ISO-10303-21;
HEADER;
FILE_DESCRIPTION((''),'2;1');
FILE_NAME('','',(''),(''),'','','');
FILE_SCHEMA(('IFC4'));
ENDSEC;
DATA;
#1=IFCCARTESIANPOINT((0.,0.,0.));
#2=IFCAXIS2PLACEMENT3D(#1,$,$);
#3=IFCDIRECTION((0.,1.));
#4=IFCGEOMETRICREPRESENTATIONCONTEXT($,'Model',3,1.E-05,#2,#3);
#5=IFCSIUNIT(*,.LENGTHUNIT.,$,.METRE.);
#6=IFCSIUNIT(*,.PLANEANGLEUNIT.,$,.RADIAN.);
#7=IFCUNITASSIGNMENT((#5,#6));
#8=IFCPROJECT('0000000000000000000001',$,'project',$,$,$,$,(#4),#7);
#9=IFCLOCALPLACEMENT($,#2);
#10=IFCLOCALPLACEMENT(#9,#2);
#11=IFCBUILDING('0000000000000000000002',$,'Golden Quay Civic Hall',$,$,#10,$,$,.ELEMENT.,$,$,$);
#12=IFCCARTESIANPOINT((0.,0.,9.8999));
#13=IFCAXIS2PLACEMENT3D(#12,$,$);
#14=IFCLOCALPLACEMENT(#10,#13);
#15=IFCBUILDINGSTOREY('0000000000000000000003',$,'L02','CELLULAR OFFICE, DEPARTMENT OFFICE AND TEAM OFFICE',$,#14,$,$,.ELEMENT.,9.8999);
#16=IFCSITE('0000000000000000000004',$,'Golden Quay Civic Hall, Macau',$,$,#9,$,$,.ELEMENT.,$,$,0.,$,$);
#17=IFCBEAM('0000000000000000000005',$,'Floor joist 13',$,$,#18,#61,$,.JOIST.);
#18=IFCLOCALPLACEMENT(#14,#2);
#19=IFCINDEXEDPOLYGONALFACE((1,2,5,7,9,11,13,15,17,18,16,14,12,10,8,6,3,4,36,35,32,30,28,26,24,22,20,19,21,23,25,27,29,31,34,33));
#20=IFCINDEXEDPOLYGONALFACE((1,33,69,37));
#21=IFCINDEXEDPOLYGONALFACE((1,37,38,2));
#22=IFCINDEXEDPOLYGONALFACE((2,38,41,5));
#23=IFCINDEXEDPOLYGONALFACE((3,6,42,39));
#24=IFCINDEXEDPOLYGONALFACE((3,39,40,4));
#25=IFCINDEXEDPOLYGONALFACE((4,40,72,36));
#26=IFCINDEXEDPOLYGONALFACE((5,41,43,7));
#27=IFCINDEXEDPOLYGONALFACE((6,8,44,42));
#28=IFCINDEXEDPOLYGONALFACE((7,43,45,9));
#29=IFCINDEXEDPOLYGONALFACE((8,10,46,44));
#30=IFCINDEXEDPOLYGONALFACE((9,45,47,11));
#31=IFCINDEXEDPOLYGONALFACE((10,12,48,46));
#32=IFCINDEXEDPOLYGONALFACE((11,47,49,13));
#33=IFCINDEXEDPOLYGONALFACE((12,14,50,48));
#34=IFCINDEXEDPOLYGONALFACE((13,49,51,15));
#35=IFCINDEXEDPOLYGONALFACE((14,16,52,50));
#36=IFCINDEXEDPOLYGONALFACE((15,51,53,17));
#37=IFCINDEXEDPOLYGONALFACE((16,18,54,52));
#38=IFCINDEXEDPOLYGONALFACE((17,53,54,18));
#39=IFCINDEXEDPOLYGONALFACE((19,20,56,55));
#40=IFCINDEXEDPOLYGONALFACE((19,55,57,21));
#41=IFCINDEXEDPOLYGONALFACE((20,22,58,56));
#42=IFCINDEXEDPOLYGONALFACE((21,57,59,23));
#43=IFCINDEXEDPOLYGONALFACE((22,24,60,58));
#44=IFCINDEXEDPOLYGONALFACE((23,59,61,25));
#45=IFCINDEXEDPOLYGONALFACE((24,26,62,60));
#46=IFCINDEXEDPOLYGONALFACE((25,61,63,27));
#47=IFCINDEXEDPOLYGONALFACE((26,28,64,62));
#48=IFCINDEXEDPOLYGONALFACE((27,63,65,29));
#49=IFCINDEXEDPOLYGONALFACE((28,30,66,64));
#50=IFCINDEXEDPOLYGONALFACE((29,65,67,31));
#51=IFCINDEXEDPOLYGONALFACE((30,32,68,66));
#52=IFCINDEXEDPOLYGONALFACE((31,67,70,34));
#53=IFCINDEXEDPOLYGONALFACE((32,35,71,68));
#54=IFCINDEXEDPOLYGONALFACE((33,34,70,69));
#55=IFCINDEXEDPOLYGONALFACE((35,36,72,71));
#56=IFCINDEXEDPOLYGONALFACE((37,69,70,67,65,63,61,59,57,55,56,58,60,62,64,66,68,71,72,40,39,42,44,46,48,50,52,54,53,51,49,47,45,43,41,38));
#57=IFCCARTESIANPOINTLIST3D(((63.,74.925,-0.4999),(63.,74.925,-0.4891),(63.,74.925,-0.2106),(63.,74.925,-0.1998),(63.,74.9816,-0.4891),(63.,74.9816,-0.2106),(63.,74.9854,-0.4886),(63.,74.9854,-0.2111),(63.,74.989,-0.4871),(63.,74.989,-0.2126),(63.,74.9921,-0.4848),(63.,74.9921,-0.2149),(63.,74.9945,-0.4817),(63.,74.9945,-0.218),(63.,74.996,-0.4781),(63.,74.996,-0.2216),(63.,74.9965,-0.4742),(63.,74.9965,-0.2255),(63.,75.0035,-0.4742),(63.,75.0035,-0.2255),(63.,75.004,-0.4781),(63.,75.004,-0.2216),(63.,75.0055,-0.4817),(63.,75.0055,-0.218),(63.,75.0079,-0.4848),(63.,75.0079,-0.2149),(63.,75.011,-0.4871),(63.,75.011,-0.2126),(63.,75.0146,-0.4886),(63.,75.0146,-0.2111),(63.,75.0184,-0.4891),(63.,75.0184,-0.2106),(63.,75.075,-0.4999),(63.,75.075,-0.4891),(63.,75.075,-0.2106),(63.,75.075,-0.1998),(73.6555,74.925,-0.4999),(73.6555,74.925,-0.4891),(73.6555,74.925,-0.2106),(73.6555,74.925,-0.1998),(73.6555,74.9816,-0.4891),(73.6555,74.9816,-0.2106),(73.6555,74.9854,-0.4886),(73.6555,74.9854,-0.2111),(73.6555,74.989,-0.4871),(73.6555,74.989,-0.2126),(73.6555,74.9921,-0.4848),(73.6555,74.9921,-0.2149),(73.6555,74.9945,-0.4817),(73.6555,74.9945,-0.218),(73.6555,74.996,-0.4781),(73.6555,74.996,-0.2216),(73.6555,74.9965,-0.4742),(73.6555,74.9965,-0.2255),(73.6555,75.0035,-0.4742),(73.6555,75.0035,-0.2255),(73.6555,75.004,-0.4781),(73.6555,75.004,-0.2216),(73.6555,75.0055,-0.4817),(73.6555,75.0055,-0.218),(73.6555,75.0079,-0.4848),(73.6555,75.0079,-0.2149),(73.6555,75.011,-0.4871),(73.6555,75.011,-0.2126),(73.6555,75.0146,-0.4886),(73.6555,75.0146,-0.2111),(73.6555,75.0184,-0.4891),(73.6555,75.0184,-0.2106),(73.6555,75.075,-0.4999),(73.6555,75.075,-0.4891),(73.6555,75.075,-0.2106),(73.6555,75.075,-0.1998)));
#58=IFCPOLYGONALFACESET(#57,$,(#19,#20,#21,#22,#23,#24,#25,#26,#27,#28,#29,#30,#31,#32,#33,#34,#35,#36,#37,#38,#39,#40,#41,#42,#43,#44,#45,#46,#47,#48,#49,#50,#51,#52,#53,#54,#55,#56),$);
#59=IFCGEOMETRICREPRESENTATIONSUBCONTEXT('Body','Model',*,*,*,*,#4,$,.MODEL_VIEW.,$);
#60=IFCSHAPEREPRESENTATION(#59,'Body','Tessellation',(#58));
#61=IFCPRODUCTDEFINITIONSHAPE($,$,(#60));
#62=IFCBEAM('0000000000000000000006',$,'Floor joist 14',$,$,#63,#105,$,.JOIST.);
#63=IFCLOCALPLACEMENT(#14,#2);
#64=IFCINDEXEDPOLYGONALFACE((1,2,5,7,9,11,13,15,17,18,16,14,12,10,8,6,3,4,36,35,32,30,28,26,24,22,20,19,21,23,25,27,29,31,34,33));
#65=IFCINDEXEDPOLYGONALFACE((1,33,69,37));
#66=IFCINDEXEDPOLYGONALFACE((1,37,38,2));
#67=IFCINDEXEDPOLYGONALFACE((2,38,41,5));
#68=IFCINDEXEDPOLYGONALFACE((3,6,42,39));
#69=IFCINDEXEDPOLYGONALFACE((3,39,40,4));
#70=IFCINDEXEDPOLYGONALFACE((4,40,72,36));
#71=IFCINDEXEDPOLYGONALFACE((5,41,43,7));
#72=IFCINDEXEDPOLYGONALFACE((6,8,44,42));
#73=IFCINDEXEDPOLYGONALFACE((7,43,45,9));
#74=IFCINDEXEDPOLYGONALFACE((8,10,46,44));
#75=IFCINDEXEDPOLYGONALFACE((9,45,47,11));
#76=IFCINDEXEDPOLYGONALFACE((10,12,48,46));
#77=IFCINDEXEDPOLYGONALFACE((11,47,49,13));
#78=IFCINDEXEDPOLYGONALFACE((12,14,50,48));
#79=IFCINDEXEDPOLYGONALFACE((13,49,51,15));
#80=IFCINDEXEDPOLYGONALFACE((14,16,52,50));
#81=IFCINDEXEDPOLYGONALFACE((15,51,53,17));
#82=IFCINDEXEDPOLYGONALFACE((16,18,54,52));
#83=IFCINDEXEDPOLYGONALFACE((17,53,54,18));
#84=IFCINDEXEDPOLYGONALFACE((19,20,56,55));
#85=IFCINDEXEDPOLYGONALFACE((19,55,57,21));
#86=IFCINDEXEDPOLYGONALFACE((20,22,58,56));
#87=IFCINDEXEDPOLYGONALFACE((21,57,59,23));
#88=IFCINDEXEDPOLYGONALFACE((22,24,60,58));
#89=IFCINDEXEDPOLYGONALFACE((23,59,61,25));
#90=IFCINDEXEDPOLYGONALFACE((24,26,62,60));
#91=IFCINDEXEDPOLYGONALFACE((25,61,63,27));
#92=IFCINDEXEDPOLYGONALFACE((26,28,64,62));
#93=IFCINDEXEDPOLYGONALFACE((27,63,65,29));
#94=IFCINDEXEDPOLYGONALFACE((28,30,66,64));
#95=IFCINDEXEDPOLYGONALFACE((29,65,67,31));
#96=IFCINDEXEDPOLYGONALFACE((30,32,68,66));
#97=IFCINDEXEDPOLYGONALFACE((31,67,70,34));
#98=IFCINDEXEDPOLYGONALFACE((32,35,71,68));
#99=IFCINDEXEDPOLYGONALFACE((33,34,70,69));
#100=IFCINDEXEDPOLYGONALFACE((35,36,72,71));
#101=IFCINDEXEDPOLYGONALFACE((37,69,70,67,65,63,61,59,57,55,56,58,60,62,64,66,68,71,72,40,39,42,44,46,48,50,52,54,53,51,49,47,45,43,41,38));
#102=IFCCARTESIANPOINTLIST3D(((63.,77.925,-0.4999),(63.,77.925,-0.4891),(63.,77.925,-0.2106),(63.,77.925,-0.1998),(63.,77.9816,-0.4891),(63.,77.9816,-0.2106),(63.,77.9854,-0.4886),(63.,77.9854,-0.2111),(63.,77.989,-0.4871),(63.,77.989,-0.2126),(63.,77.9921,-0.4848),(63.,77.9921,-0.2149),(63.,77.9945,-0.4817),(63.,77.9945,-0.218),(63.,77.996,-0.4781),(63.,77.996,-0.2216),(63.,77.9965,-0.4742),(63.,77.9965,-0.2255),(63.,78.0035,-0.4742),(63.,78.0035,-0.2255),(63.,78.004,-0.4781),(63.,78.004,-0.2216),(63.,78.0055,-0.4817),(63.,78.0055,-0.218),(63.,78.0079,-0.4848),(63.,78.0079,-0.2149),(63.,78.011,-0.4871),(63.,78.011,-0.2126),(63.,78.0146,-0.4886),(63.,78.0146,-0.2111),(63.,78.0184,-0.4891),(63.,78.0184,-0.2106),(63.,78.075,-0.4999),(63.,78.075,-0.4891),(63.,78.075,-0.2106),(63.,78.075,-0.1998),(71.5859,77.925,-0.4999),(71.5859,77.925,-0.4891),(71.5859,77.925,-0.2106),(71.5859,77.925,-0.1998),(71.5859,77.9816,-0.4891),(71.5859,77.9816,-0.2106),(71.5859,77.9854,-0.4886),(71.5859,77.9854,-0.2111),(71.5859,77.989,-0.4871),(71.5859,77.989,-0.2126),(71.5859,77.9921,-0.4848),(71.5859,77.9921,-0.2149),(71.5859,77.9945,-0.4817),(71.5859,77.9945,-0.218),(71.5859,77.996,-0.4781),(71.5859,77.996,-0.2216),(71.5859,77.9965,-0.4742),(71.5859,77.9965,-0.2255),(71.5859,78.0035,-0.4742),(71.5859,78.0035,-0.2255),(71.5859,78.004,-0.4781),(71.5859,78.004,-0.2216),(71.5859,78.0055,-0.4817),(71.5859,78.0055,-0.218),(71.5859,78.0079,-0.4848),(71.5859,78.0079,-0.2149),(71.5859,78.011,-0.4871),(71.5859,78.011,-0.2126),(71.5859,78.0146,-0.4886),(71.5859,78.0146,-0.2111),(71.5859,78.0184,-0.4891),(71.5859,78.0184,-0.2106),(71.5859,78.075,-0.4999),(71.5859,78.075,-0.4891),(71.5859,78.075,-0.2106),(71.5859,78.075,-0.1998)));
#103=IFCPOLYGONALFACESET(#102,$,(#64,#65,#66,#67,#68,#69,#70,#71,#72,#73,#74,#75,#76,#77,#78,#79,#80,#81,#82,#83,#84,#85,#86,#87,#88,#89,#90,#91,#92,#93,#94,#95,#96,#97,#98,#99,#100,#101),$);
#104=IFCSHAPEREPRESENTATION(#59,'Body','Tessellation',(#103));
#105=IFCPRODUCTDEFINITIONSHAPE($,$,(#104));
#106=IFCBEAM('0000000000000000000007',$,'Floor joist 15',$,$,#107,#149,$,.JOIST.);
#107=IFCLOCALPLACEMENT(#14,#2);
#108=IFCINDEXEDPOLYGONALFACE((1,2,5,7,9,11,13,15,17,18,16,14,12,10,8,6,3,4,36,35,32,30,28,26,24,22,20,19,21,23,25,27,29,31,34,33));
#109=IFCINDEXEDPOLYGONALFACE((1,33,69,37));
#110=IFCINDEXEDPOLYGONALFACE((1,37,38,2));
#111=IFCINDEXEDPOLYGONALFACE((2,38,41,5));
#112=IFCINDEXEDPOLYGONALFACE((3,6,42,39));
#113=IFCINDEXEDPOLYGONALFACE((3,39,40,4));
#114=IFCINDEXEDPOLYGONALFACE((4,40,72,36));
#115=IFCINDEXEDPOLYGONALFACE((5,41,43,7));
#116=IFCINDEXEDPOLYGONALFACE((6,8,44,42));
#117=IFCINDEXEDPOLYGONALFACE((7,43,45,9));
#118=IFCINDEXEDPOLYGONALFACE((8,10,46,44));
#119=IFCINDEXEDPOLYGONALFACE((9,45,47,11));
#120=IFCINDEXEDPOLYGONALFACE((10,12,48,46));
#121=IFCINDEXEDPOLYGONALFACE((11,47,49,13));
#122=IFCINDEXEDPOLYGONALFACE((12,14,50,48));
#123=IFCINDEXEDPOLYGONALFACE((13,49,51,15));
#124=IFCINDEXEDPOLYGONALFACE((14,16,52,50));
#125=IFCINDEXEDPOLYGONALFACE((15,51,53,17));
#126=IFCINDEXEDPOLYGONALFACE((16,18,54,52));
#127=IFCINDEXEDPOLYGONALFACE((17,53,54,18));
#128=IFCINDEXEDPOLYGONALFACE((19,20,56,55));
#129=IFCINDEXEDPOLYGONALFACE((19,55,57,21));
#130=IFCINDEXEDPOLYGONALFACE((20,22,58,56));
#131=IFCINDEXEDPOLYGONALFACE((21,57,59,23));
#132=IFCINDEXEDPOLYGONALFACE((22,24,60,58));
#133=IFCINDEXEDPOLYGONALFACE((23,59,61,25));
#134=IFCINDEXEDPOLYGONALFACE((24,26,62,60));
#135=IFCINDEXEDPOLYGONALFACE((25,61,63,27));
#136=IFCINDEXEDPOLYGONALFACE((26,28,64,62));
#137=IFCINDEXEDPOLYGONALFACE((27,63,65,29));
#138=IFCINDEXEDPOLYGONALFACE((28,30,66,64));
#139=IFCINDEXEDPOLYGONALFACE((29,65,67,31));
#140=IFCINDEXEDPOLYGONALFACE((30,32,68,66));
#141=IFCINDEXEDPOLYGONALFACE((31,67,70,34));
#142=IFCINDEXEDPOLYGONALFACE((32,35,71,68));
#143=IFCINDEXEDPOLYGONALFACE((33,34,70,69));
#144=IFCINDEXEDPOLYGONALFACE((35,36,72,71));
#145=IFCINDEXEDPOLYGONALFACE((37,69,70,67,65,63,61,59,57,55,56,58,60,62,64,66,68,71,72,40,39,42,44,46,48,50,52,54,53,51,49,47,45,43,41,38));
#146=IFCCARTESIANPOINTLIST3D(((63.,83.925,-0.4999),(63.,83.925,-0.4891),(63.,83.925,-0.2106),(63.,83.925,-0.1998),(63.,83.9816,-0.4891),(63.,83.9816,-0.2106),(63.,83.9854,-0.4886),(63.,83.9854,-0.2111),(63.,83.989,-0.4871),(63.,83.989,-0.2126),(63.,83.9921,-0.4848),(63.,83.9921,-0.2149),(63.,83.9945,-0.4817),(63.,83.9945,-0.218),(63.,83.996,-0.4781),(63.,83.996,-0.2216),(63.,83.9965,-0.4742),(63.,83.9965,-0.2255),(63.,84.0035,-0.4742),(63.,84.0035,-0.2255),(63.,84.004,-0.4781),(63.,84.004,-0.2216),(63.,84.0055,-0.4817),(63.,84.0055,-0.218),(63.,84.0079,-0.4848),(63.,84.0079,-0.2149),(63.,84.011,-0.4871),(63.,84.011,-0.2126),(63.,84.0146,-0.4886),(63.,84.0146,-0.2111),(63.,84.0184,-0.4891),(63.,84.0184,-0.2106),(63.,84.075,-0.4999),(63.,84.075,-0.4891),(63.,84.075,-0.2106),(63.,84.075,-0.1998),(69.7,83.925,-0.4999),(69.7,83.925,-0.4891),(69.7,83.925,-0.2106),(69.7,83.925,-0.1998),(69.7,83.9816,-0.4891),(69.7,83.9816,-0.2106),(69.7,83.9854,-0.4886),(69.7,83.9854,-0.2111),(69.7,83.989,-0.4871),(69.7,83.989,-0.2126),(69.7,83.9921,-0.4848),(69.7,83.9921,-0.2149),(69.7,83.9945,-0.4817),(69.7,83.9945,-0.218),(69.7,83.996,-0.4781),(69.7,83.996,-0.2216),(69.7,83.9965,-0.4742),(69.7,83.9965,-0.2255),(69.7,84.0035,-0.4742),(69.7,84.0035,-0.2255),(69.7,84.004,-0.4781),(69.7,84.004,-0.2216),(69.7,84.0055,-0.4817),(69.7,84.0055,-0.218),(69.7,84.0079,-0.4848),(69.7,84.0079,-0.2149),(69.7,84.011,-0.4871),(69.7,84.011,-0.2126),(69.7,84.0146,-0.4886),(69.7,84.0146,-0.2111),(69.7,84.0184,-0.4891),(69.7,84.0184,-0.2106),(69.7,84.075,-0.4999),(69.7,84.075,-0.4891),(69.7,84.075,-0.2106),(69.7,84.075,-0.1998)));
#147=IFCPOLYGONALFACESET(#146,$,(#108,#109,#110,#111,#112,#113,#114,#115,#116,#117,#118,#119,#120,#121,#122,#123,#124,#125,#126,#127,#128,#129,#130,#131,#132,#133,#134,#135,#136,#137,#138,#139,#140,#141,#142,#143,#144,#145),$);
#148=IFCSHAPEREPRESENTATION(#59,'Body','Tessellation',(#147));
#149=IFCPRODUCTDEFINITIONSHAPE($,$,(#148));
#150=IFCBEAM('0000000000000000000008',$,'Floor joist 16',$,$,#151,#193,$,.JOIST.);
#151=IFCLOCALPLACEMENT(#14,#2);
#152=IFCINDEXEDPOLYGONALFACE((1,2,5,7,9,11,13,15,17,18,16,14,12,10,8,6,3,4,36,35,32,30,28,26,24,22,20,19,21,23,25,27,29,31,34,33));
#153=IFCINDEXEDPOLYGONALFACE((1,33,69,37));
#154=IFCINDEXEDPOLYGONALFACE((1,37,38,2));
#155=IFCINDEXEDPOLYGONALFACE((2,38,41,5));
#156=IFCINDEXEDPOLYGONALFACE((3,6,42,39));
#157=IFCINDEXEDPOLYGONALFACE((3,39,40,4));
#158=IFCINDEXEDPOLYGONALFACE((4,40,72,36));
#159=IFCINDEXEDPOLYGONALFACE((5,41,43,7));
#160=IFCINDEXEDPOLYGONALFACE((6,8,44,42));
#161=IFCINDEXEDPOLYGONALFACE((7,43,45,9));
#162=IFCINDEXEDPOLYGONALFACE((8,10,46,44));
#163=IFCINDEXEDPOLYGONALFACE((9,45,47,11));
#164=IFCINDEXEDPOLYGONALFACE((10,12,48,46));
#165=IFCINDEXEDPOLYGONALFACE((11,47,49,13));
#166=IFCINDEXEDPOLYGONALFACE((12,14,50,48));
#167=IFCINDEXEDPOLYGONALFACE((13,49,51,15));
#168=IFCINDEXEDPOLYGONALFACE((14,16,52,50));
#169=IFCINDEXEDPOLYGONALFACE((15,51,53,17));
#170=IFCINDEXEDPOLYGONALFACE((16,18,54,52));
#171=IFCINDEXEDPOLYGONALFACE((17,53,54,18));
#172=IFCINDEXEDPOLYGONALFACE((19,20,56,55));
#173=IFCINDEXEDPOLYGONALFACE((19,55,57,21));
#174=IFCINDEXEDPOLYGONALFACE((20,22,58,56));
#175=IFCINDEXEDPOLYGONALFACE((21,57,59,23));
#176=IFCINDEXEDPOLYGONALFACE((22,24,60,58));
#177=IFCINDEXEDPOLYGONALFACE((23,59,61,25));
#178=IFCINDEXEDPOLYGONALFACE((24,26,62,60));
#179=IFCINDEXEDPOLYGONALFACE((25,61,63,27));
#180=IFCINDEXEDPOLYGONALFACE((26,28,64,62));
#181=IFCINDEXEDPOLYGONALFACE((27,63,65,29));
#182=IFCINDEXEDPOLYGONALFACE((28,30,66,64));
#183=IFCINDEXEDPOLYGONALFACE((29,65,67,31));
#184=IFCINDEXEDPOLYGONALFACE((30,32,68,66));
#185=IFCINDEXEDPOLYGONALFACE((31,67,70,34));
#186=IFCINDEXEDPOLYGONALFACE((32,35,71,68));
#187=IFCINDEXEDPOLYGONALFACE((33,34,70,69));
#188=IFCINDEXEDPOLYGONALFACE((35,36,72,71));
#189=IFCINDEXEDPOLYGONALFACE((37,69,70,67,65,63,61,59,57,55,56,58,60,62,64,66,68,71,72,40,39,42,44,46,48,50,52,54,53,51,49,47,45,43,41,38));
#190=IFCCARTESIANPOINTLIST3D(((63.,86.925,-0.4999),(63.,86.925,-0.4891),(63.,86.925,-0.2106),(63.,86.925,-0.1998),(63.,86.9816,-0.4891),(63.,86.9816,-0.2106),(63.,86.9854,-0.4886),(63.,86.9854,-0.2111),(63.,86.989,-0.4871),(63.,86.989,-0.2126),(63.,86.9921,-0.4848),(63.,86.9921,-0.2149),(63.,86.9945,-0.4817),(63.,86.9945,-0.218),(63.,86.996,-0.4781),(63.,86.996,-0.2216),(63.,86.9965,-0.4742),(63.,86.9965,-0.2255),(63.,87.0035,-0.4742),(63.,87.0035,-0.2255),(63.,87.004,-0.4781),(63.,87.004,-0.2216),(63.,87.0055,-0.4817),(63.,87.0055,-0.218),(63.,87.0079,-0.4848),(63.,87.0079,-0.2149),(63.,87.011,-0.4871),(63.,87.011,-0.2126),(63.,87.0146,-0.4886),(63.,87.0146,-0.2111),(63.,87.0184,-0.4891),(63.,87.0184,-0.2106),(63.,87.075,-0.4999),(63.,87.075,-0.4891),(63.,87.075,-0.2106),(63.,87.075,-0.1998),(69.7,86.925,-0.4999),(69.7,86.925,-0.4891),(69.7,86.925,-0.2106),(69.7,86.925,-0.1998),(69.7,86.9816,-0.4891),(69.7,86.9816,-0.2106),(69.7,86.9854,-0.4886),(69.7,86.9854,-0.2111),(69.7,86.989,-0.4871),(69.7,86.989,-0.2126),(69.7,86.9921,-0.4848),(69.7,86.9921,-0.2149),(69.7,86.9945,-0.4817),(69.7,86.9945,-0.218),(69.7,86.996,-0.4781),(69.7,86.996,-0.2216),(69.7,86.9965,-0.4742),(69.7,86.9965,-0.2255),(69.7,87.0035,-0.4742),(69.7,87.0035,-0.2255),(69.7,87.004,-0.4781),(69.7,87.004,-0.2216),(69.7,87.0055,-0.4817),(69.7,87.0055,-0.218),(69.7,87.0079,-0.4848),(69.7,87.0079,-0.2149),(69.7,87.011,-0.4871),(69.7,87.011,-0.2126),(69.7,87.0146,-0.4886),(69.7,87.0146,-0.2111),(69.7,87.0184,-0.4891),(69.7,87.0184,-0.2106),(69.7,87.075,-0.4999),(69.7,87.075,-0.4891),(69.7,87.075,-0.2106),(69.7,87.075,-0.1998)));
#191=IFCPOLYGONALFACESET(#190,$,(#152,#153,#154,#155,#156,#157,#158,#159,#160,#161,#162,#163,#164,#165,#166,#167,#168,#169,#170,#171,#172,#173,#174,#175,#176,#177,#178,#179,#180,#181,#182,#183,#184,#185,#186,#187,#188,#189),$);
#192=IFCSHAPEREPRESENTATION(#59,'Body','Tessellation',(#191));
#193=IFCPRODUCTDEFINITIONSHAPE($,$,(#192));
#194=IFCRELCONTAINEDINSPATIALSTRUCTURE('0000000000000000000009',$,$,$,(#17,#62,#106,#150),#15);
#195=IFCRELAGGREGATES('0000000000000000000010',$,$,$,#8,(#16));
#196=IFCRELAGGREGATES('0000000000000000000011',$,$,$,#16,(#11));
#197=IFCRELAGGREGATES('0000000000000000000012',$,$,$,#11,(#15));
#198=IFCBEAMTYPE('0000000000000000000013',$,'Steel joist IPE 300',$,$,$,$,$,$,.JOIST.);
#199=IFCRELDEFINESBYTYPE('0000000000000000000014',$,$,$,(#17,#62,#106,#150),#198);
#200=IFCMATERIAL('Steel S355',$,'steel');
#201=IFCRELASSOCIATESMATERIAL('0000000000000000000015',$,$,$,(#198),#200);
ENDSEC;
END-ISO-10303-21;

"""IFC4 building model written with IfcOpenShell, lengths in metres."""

from ifc_helpers import new_model, si_unit, direction, frame, origin, origin_2d, place, context, subcontext, project, spatial, i_section, extrude, material, material_profile, profile_set, type_object, element, save


model = new_model("IFC4")

# Units and contexts
model_context = context("Model", 3, precision=1e-05, world=origin(), true_north=direction((0.0, 1.0)))
body_context = subcontext(model_context, "Body", "Model", "MODEL_VIEW")
ifc_project = project(units=[si_unit("LENGTHUNIT", "METRE"), si_unit("PLANEANGLEUNIT", "RADIAN")], contexts=[model_context])

# Site, building, storey
site_placement = place(None, origin())
site = spatial("IfcSite", under=ifc_project, at=site_placement, Name="Golden Quay Civic Hall, Macau", CompositionType="ELEMENT", RefElevation=0.0)
building_placement = place(site_placement, origin())
building = spatial("IfcBuilding", under=site, at=building_placement, Name="Golden Quay Civic Hall", CompositionType="ELEMENT")
storey_placement = place(building_placement, frame((0.0, 0.0, 9.8999)))
storey = spatial("IfcBuildingStorey", under=building, at=storey_placement, Name="L02", Description="CELLULAR OFFICE, DEPARTMENT OFFICE AND TEAM OFFICE", CompositionType="ELEMENT", Elevation=9.8999)

# Beams
ifc_material_1 = material(Name="Steel S355", Category="steel")
ifc_material_profile_1 = material_profile(ifc_material_1, i_section(OverallWidth=0.1499, OverallDepth=0.3, WebThickness=0.0071, FlangeThickness=0.0107, FilletRadius=0.0149, at=origin_2d()), Name="IPE 300")
ifc_profile_set_1 = profile_set([ifc_material_profile_1], Name="Steel S355")
beam_type_1 = type_object("IfcBeamType", Name="Steel joist IPE 300", PredefinedType="JOIST", material=ifc_profile_set_1)
beam_1_placement = place(storey_placement, frame((63.0, 75.0, -0.3499), z_axis=(1.0, 0.0, 0.0), x_axis=(0.0, 1.0, 0.0)))
element("IfcBeam", 1, at=beam_1_placement, inside=storey, type_object=beam_type_1, Name="Floor joist 13", PredefinedType="JOIST", context=body_context, shape_type="SweptSolid", body=[
    extrude(i_section(OverallWidth=0.1499, OverallDepth=0.3, WebThickness=0.0071, FlangeThickness=0.0107, FilletRadius=0.0149, at=origin_2d()), origin(), (0.0, 0.0, 1.0), 10.6555),
])
beam_2_placement = place(storey_placement, frame((63.0, 78.0, -0.3499), z_axis=(1.0, 0.0, 0.0), x_axis=(0.0, 1.0, 0.0)))
element("IfcBeam", 2, at=beam_2_placement, inside=storey, type_object=beam_type_1, Name="Floor joist 14", PredefinedType="JOIST", context=body_context, shape_type="SweptSolid", body=[
    extrude(i_section(OverallWidth=0.1499, OverallDepth=0.3, WebThickness=0.0071, FlangeThickness=0.0107, FilletRadius=0.0149, at=origin_2d()), origin(), (0.0, 0.0, 1.0), 8.5859),
])
for number, where, z_axis, x_axis, name in (
    (3, (63.0, 84.0, -0.3499), (1.0, 0.0, 0.0), (0.0, 1.0, 0.0), "Floor joist 15"),
    (4, (63.0, 87.0, -0.3499), (1.0, 0.0, 0.0), (0.0, 1.0, 0.0), "Floor joist 16"),
):
    element("IfcBeam", number, at=place(storey_placement, frame(where, z_axis=z_axis, x_axis=x_axis)), inside=storey, type_object=beam_type_1, Name=name, PredefinedType="JOIST", context=body_context, shape_type="SweptSolid", body=[
        extrude(i_section(OverallWidth=0.1499, OverallDepth=0.3, WebThickness=0.0071, FlangeThickness=0.0107, FilletRadius=0.0149, at=origin_2d()), origin(), (0.0, 0.0, 1.0), 6.7),
    ])

save(model, "model.ifc")
